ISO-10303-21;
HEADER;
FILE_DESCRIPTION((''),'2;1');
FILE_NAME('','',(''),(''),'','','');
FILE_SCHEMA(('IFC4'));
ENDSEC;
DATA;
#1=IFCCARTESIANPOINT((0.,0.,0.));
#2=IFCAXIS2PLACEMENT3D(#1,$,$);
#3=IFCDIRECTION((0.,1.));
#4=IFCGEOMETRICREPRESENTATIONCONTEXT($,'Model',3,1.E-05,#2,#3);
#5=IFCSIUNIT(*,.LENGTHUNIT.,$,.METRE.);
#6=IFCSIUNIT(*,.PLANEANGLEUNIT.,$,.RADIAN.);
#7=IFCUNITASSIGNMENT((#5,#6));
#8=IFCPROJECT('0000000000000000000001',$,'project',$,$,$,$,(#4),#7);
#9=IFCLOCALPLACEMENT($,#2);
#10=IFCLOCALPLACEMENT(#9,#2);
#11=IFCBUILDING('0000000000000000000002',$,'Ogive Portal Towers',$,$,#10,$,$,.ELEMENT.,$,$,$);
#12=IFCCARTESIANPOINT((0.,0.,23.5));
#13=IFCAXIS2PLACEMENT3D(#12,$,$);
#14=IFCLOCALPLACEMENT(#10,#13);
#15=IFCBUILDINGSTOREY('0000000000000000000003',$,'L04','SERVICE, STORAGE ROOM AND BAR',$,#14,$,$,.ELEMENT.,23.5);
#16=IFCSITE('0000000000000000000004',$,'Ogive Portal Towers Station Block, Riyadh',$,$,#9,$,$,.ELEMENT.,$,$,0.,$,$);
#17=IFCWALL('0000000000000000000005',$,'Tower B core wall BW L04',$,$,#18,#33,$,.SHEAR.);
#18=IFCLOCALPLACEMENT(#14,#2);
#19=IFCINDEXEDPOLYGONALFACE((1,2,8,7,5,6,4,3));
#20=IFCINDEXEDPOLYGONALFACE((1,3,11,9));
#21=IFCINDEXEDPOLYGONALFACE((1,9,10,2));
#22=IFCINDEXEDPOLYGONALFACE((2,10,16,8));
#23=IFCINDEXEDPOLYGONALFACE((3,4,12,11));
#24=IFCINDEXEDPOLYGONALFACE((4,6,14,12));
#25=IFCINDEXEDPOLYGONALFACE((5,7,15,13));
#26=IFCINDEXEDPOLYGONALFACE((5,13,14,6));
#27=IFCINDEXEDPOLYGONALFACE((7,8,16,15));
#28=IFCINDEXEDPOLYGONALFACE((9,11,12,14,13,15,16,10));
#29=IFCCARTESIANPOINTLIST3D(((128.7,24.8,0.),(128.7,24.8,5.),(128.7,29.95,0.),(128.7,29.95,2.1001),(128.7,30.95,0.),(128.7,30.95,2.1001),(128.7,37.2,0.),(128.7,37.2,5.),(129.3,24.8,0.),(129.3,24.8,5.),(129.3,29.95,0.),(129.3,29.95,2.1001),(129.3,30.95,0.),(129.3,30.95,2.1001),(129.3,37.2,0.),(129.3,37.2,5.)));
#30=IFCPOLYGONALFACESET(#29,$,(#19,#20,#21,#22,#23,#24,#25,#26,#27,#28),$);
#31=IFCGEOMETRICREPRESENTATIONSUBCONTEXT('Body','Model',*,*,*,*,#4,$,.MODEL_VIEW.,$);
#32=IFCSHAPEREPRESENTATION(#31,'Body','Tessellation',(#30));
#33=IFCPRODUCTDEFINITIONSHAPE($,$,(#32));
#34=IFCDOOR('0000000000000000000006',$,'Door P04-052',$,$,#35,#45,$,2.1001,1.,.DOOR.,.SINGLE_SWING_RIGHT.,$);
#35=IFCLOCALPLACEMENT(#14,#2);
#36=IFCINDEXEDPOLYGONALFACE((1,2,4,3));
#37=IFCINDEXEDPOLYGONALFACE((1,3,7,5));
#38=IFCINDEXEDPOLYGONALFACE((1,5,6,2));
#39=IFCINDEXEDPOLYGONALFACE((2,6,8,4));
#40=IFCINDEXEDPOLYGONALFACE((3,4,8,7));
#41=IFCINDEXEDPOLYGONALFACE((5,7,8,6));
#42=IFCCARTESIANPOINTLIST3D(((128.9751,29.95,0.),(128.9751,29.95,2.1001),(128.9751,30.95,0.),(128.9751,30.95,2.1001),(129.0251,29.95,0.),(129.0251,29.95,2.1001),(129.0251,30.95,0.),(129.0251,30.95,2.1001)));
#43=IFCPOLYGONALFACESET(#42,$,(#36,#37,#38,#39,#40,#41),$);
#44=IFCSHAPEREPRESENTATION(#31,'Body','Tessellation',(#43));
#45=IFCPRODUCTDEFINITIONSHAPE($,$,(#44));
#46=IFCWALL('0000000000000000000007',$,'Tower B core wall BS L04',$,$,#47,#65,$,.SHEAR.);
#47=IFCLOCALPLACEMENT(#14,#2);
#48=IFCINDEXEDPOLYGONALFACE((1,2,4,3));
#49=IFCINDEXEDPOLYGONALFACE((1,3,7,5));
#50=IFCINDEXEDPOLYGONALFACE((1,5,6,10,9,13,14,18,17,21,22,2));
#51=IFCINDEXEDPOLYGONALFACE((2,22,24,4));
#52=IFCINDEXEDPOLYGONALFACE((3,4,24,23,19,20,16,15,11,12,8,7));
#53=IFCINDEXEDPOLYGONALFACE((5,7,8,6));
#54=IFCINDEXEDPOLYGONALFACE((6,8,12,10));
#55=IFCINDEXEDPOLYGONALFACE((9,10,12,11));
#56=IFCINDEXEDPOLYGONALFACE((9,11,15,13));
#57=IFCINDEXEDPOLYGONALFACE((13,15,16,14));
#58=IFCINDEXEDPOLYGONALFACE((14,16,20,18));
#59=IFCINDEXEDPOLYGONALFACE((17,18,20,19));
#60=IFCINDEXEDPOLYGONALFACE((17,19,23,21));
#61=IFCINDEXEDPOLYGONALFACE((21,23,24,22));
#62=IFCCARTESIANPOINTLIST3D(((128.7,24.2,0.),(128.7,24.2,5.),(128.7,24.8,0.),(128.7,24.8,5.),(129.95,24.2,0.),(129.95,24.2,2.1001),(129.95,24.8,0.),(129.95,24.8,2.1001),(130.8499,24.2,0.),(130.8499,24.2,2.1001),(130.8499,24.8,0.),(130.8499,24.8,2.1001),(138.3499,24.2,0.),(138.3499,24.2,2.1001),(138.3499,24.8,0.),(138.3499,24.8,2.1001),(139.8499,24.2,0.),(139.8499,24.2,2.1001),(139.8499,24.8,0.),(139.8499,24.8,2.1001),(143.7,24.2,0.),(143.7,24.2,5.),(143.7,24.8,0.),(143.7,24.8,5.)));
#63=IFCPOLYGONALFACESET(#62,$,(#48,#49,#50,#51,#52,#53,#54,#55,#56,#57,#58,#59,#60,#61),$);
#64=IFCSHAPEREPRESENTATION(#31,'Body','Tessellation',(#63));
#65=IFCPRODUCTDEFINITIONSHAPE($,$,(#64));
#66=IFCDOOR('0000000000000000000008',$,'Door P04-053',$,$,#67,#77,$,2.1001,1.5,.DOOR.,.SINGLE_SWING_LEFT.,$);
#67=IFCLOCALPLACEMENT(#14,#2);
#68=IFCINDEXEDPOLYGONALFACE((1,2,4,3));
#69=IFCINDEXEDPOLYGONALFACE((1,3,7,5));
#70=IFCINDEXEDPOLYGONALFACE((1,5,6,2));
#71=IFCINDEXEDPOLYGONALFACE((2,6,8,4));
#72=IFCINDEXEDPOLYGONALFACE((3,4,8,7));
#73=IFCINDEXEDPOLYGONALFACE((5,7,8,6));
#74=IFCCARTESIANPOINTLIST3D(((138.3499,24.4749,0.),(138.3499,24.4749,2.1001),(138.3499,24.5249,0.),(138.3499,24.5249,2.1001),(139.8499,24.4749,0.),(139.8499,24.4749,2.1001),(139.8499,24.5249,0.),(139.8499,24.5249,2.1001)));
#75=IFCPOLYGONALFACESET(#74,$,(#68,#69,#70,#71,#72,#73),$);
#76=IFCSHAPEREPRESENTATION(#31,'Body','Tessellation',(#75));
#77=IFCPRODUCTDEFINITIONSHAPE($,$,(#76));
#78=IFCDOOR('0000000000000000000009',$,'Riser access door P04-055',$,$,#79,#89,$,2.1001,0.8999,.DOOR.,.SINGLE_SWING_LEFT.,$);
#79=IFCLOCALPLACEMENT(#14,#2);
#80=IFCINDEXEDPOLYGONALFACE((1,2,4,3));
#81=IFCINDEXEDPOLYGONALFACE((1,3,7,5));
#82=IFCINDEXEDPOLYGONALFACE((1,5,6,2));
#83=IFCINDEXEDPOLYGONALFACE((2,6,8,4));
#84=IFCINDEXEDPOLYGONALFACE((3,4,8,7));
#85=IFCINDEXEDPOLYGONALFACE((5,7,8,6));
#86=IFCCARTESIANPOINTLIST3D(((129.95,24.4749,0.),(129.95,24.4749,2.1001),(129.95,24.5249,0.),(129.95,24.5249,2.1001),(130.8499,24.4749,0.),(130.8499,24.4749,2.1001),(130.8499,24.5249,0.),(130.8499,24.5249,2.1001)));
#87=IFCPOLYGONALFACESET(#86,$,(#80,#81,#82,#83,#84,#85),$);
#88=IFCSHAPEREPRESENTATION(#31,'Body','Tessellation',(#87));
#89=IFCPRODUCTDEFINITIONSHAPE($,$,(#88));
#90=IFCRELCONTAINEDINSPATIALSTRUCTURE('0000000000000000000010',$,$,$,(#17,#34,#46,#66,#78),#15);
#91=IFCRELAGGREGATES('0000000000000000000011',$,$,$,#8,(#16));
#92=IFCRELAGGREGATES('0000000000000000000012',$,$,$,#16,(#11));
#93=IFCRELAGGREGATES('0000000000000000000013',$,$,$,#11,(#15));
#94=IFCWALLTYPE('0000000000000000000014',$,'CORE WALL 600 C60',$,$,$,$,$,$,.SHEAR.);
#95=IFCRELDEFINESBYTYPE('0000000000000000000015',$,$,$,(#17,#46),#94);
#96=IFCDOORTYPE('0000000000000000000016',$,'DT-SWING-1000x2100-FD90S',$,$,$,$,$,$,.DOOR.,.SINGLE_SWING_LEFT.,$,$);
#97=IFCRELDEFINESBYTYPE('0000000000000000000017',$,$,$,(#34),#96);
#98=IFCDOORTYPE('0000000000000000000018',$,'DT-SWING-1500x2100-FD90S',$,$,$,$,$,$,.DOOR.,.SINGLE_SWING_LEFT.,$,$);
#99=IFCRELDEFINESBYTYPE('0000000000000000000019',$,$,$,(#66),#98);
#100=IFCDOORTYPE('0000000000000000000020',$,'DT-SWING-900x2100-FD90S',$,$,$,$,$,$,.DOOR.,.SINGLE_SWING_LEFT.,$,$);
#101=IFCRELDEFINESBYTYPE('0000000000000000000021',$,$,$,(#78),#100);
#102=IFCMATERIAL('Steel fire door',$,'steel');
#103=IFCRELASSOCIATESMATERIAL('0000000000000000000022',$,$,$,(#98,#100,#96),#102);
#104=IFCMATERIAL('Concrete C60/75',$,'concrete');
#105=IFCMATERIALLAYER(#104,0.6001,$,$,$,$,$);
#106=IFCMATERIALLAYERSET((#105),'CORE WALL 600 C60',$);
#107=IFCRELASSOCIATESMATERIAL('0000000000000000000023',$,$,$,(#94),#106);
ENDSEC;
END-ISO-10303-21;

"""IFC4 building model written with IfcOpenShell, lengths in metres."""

from ifc_helpers import new_model, si_unit, direction, frame, frame_2d, origin, place, context, subcontext, project, spatial, rectangle, extrude, material, layer, layer_set, type_object, element, fill, save


model = new_model("IFC4")

# Units and contexts
model_context = context("Model", 3, precision=1e-05, world=origin(), true_north=direction((0.0, 1.0)))
body_context = subcontext(model_context, "Body", "Model", "MODEL_VIEW")
ifc_project = project(units=[si_unit("LENGTHUNIT", "METRE"), si_unit("PLANEANGLEUNIT", "RADIAN")], contexts=[model_context])

# Site, building, storey
site_placement = place(None, origin())
site = spatial("IfcSite", under=ifc_project, at=site_placement, Name="Ogive Portal Towers Station Block, Riyadh", CompositionType="ELEMENT", RefElevation=0.0)
building_placement = place(site_placement, origin())
building = spatial("IfcBuilding", under=site, at=building_placement, Name="Ogive Portal Towers", CompositionType="ELEMENT")
storey_placement = place(building_placement, frame((0.0, 0.0, 23.5)))
storey = spatial("IfcBuildingStorey", under=building, at=storey_placement, Name="L04", Description="SERVICE, STORAGE ROOM AND BAR", CompositionType="ELEMENT", Elevation=23.5)

# Shared definitions
ifc_material_1 = material(Name="Concrete C60/75", Category="concrete")
ifc_material_2 = material(Name="Steel fire door", Category="steel")

# Shared definitions
door_type_1 = type_object("IfcDoorType", Name="DT-SWING-1500x2100-FD90S", OperationType="SINGLE_SWING_LEFT", PredefinedType="DOOR", material=ifc_material_2)
door_type_2 = type_object("IfcDoorType", Name="DT-SWING-900x2100-FD90S", OperationType="SINGLE_SWING_LEFT", PredefinedType="DOOR", material=ifc_material_2)

# Wall, opening, door
ifc_layer_1 = layer(ifc_material_1, 0.6001)
ifc_layer_set_1 = layer_set([ifc_layer_1], Name="CORE WALL 600 C60")
wall_type_1 = type_object("IfcWallType", Name="CORE WALL 600 C60", PredefinedType="SHEAR", material=ifc_layer_set_1)
wall_1_placement = place(storey_placement, frame((129.0, 24.8, 0.0), z_axis=(0.0, 0.0, 1.0), x_axis=(0.0, 1.0, 0.0)))
wall_1 = element("IfcWall", 1, at=wall_1_placement, inside=storey, type_object=wall_type_1, Name="Tower B core wall BW L04", PredefinedType="SHEAR", context=body_context, shape_type="SweptSolid", body=[
    extrude(rectangle(XDim=12.3999, YDim=0.6001, at=frame_2d((6.2, 0.0))), origin(), (0.0, 0.0, 1.0), 5.0),
])
opening_1_placement = place(wall_1_placement, frame((5.1499, 0.0, 0.0)))
opening_1 = element("IfcOpeningElement", 2, at=opening_1_placement, cuts=wall_1, PredefinedType="OPENING", context=body_context, shape_type="SweptSolid", body=[
    extrude(rectangle(XDim=1.0, YDim=2.1001, at=frame_2d((0.5, 1.05))), frame((0.0, 0.3101, 0.0), z_axis=(0.0, -1.0, 0.0), x_axis=(1.0, 0.0, 0.0)), (0.0, 0.0, 1.0), 0.6201),
])
door_type_3 = type_object("IfcDoorType", Name="DT-SWING-1000x2100-FD90S", OperationType="SINGLE_SWING_LEFT", PredefinedType="DOOR", material=ifc_material_2)
door_1_placement = place(opening_1_placement, origin())
door_1 = element("IfcDoor", 3, at=door_1_placement, inside=storey, type_object=door_type_3, Name="Door P04-052", OperationType="SINGLE_SWING_RIGHT", OverallHeight=2.1001, OverallWidth=1.0, PredefinedType="DOOR", context=body_context, shape_type="SweptSolid", body=[
    extrude(rectangle(XDim=1.0, YDim=2.1001, at=frame_2d((0.5, 1.05))), frame((0.0, 0.0249, 0.0), z_axis=(0.0, -1.0, 0.0), x_axis=(1.0, 0.0, 0.0)), (0.0, 0.0, 1.0), 0.05),
])
fill(opening_1, door_1)

# Wall, openings, doors
wall_2_placement = place(storey_placement, frame((128.7, 24.5, 0.0), z_axis=(0.0, 0.0, 1.0), x_axis=(1.0, 0.0, 0.0)))
wall_2 = element("IfcWall", 4, at=wall_2_placement, inside=storey, type_object=wall_type_1, Name="Tower B core wall BS L04", PredefinedType="SHEAR", context=body_context, shape_type="SweptSolid", body=[
    extrude(rectangle(XDim=15.0, YDim=0.6001, at=frame_2d((7.5, 0.0))), origin(), (0.0, 0.0, 1.0), 5.0),
])
opening_2_placement = place(wall_2_placement, frame((9.6499, 0.0, 0.0)))
opening_2 = element("IfcOpeningElement", 5, at=opening_2_placement, cuts=wall_2, PredefinedType="OPENING", context=body_context, shape_type="SweptSolid", body=[
    extrude(rectangle(XDim=1.5, YDim=2.1001, at=frame_2d((0.75, 1.05))), frame((0.0, 0.3101, 0.0), z_axis=(0.0, -1.0, 0.0), x_axis=(1.0, 0.0, 0.0)), (0.0, 0.0, 1.0), 0.6201),
])
opening_3_placement = place(wall_2_placement, frame((1.25, 0.0, 0.0)))
opening_3 = element("IfcOpeningElement", 6, at=opening_3_placement, cuts=wall_2, PredefinedType="OPENING", context=body_context, shape_type="SweptSolid", body=[
    extrude(rectangle(XDim=0.8999, YDim=2.1001, at=frame_2d((0.45, 1.05))), frame((0.0, 0.3101, 0.0), z_axis=(0.0, -1.0, 0.0), x_axis=(1.0, 0.0, 0.0)), (0.0, 0.0, 1.0), 0.6201),
])
door_2_placement = place(opening_2_placement, origin())
door_2 = element("IfcDoor", 7, at=door_2_placement, inside=storey, type_object=door_type_1, Name="Door P04-053", OperationType="SINGLE_SWING_LEFT", OverallHeight=2.1001, OverallWidth=1.5, PredefinedType="DOOR", context=body_context, shape_type="SweptSolid", body=[
    extrude(rectangle(XDim=1.5, YDim=2.1001, at=frame_2d((0.75, 1.05))), frame((0.0, 0.0249, 0.0), z_axis=(0.0, -1.0, 0.0), x_axis=(1.0, 0.0, 0.0)), (0.0, 0.0, 1.0), 0.05),
])
fill(opening_2, door_2)
door_3_placement = place(opening_3_placement, origin())
door_3 = element("IfcDoor", 8, at=door_3_placement, inside=storey, type_object=door_type_2, Name="Riser access door P04-055", OperationType="SINGLE_SWING_LEFT", OverallHeight=2.1001, OverallWidth=0.8999, PredefinedType="DOOR", context=body_context, shape_type="SweptSolid", body=[
    extrude(rectangle(XDim=0.8999, YDim=2.1001, at=frame_2d((0.45, 1.05))), frame((0.0, 0.0249, 0.0), z_axis=(0.0, -1.0, 0.0), x_axis=(1.0, 0.0, 0.0)), (0.0, 0.0, 1.0), 0.05),
])
fill(opening_3, door_3)

save(model, "model.ifc")
